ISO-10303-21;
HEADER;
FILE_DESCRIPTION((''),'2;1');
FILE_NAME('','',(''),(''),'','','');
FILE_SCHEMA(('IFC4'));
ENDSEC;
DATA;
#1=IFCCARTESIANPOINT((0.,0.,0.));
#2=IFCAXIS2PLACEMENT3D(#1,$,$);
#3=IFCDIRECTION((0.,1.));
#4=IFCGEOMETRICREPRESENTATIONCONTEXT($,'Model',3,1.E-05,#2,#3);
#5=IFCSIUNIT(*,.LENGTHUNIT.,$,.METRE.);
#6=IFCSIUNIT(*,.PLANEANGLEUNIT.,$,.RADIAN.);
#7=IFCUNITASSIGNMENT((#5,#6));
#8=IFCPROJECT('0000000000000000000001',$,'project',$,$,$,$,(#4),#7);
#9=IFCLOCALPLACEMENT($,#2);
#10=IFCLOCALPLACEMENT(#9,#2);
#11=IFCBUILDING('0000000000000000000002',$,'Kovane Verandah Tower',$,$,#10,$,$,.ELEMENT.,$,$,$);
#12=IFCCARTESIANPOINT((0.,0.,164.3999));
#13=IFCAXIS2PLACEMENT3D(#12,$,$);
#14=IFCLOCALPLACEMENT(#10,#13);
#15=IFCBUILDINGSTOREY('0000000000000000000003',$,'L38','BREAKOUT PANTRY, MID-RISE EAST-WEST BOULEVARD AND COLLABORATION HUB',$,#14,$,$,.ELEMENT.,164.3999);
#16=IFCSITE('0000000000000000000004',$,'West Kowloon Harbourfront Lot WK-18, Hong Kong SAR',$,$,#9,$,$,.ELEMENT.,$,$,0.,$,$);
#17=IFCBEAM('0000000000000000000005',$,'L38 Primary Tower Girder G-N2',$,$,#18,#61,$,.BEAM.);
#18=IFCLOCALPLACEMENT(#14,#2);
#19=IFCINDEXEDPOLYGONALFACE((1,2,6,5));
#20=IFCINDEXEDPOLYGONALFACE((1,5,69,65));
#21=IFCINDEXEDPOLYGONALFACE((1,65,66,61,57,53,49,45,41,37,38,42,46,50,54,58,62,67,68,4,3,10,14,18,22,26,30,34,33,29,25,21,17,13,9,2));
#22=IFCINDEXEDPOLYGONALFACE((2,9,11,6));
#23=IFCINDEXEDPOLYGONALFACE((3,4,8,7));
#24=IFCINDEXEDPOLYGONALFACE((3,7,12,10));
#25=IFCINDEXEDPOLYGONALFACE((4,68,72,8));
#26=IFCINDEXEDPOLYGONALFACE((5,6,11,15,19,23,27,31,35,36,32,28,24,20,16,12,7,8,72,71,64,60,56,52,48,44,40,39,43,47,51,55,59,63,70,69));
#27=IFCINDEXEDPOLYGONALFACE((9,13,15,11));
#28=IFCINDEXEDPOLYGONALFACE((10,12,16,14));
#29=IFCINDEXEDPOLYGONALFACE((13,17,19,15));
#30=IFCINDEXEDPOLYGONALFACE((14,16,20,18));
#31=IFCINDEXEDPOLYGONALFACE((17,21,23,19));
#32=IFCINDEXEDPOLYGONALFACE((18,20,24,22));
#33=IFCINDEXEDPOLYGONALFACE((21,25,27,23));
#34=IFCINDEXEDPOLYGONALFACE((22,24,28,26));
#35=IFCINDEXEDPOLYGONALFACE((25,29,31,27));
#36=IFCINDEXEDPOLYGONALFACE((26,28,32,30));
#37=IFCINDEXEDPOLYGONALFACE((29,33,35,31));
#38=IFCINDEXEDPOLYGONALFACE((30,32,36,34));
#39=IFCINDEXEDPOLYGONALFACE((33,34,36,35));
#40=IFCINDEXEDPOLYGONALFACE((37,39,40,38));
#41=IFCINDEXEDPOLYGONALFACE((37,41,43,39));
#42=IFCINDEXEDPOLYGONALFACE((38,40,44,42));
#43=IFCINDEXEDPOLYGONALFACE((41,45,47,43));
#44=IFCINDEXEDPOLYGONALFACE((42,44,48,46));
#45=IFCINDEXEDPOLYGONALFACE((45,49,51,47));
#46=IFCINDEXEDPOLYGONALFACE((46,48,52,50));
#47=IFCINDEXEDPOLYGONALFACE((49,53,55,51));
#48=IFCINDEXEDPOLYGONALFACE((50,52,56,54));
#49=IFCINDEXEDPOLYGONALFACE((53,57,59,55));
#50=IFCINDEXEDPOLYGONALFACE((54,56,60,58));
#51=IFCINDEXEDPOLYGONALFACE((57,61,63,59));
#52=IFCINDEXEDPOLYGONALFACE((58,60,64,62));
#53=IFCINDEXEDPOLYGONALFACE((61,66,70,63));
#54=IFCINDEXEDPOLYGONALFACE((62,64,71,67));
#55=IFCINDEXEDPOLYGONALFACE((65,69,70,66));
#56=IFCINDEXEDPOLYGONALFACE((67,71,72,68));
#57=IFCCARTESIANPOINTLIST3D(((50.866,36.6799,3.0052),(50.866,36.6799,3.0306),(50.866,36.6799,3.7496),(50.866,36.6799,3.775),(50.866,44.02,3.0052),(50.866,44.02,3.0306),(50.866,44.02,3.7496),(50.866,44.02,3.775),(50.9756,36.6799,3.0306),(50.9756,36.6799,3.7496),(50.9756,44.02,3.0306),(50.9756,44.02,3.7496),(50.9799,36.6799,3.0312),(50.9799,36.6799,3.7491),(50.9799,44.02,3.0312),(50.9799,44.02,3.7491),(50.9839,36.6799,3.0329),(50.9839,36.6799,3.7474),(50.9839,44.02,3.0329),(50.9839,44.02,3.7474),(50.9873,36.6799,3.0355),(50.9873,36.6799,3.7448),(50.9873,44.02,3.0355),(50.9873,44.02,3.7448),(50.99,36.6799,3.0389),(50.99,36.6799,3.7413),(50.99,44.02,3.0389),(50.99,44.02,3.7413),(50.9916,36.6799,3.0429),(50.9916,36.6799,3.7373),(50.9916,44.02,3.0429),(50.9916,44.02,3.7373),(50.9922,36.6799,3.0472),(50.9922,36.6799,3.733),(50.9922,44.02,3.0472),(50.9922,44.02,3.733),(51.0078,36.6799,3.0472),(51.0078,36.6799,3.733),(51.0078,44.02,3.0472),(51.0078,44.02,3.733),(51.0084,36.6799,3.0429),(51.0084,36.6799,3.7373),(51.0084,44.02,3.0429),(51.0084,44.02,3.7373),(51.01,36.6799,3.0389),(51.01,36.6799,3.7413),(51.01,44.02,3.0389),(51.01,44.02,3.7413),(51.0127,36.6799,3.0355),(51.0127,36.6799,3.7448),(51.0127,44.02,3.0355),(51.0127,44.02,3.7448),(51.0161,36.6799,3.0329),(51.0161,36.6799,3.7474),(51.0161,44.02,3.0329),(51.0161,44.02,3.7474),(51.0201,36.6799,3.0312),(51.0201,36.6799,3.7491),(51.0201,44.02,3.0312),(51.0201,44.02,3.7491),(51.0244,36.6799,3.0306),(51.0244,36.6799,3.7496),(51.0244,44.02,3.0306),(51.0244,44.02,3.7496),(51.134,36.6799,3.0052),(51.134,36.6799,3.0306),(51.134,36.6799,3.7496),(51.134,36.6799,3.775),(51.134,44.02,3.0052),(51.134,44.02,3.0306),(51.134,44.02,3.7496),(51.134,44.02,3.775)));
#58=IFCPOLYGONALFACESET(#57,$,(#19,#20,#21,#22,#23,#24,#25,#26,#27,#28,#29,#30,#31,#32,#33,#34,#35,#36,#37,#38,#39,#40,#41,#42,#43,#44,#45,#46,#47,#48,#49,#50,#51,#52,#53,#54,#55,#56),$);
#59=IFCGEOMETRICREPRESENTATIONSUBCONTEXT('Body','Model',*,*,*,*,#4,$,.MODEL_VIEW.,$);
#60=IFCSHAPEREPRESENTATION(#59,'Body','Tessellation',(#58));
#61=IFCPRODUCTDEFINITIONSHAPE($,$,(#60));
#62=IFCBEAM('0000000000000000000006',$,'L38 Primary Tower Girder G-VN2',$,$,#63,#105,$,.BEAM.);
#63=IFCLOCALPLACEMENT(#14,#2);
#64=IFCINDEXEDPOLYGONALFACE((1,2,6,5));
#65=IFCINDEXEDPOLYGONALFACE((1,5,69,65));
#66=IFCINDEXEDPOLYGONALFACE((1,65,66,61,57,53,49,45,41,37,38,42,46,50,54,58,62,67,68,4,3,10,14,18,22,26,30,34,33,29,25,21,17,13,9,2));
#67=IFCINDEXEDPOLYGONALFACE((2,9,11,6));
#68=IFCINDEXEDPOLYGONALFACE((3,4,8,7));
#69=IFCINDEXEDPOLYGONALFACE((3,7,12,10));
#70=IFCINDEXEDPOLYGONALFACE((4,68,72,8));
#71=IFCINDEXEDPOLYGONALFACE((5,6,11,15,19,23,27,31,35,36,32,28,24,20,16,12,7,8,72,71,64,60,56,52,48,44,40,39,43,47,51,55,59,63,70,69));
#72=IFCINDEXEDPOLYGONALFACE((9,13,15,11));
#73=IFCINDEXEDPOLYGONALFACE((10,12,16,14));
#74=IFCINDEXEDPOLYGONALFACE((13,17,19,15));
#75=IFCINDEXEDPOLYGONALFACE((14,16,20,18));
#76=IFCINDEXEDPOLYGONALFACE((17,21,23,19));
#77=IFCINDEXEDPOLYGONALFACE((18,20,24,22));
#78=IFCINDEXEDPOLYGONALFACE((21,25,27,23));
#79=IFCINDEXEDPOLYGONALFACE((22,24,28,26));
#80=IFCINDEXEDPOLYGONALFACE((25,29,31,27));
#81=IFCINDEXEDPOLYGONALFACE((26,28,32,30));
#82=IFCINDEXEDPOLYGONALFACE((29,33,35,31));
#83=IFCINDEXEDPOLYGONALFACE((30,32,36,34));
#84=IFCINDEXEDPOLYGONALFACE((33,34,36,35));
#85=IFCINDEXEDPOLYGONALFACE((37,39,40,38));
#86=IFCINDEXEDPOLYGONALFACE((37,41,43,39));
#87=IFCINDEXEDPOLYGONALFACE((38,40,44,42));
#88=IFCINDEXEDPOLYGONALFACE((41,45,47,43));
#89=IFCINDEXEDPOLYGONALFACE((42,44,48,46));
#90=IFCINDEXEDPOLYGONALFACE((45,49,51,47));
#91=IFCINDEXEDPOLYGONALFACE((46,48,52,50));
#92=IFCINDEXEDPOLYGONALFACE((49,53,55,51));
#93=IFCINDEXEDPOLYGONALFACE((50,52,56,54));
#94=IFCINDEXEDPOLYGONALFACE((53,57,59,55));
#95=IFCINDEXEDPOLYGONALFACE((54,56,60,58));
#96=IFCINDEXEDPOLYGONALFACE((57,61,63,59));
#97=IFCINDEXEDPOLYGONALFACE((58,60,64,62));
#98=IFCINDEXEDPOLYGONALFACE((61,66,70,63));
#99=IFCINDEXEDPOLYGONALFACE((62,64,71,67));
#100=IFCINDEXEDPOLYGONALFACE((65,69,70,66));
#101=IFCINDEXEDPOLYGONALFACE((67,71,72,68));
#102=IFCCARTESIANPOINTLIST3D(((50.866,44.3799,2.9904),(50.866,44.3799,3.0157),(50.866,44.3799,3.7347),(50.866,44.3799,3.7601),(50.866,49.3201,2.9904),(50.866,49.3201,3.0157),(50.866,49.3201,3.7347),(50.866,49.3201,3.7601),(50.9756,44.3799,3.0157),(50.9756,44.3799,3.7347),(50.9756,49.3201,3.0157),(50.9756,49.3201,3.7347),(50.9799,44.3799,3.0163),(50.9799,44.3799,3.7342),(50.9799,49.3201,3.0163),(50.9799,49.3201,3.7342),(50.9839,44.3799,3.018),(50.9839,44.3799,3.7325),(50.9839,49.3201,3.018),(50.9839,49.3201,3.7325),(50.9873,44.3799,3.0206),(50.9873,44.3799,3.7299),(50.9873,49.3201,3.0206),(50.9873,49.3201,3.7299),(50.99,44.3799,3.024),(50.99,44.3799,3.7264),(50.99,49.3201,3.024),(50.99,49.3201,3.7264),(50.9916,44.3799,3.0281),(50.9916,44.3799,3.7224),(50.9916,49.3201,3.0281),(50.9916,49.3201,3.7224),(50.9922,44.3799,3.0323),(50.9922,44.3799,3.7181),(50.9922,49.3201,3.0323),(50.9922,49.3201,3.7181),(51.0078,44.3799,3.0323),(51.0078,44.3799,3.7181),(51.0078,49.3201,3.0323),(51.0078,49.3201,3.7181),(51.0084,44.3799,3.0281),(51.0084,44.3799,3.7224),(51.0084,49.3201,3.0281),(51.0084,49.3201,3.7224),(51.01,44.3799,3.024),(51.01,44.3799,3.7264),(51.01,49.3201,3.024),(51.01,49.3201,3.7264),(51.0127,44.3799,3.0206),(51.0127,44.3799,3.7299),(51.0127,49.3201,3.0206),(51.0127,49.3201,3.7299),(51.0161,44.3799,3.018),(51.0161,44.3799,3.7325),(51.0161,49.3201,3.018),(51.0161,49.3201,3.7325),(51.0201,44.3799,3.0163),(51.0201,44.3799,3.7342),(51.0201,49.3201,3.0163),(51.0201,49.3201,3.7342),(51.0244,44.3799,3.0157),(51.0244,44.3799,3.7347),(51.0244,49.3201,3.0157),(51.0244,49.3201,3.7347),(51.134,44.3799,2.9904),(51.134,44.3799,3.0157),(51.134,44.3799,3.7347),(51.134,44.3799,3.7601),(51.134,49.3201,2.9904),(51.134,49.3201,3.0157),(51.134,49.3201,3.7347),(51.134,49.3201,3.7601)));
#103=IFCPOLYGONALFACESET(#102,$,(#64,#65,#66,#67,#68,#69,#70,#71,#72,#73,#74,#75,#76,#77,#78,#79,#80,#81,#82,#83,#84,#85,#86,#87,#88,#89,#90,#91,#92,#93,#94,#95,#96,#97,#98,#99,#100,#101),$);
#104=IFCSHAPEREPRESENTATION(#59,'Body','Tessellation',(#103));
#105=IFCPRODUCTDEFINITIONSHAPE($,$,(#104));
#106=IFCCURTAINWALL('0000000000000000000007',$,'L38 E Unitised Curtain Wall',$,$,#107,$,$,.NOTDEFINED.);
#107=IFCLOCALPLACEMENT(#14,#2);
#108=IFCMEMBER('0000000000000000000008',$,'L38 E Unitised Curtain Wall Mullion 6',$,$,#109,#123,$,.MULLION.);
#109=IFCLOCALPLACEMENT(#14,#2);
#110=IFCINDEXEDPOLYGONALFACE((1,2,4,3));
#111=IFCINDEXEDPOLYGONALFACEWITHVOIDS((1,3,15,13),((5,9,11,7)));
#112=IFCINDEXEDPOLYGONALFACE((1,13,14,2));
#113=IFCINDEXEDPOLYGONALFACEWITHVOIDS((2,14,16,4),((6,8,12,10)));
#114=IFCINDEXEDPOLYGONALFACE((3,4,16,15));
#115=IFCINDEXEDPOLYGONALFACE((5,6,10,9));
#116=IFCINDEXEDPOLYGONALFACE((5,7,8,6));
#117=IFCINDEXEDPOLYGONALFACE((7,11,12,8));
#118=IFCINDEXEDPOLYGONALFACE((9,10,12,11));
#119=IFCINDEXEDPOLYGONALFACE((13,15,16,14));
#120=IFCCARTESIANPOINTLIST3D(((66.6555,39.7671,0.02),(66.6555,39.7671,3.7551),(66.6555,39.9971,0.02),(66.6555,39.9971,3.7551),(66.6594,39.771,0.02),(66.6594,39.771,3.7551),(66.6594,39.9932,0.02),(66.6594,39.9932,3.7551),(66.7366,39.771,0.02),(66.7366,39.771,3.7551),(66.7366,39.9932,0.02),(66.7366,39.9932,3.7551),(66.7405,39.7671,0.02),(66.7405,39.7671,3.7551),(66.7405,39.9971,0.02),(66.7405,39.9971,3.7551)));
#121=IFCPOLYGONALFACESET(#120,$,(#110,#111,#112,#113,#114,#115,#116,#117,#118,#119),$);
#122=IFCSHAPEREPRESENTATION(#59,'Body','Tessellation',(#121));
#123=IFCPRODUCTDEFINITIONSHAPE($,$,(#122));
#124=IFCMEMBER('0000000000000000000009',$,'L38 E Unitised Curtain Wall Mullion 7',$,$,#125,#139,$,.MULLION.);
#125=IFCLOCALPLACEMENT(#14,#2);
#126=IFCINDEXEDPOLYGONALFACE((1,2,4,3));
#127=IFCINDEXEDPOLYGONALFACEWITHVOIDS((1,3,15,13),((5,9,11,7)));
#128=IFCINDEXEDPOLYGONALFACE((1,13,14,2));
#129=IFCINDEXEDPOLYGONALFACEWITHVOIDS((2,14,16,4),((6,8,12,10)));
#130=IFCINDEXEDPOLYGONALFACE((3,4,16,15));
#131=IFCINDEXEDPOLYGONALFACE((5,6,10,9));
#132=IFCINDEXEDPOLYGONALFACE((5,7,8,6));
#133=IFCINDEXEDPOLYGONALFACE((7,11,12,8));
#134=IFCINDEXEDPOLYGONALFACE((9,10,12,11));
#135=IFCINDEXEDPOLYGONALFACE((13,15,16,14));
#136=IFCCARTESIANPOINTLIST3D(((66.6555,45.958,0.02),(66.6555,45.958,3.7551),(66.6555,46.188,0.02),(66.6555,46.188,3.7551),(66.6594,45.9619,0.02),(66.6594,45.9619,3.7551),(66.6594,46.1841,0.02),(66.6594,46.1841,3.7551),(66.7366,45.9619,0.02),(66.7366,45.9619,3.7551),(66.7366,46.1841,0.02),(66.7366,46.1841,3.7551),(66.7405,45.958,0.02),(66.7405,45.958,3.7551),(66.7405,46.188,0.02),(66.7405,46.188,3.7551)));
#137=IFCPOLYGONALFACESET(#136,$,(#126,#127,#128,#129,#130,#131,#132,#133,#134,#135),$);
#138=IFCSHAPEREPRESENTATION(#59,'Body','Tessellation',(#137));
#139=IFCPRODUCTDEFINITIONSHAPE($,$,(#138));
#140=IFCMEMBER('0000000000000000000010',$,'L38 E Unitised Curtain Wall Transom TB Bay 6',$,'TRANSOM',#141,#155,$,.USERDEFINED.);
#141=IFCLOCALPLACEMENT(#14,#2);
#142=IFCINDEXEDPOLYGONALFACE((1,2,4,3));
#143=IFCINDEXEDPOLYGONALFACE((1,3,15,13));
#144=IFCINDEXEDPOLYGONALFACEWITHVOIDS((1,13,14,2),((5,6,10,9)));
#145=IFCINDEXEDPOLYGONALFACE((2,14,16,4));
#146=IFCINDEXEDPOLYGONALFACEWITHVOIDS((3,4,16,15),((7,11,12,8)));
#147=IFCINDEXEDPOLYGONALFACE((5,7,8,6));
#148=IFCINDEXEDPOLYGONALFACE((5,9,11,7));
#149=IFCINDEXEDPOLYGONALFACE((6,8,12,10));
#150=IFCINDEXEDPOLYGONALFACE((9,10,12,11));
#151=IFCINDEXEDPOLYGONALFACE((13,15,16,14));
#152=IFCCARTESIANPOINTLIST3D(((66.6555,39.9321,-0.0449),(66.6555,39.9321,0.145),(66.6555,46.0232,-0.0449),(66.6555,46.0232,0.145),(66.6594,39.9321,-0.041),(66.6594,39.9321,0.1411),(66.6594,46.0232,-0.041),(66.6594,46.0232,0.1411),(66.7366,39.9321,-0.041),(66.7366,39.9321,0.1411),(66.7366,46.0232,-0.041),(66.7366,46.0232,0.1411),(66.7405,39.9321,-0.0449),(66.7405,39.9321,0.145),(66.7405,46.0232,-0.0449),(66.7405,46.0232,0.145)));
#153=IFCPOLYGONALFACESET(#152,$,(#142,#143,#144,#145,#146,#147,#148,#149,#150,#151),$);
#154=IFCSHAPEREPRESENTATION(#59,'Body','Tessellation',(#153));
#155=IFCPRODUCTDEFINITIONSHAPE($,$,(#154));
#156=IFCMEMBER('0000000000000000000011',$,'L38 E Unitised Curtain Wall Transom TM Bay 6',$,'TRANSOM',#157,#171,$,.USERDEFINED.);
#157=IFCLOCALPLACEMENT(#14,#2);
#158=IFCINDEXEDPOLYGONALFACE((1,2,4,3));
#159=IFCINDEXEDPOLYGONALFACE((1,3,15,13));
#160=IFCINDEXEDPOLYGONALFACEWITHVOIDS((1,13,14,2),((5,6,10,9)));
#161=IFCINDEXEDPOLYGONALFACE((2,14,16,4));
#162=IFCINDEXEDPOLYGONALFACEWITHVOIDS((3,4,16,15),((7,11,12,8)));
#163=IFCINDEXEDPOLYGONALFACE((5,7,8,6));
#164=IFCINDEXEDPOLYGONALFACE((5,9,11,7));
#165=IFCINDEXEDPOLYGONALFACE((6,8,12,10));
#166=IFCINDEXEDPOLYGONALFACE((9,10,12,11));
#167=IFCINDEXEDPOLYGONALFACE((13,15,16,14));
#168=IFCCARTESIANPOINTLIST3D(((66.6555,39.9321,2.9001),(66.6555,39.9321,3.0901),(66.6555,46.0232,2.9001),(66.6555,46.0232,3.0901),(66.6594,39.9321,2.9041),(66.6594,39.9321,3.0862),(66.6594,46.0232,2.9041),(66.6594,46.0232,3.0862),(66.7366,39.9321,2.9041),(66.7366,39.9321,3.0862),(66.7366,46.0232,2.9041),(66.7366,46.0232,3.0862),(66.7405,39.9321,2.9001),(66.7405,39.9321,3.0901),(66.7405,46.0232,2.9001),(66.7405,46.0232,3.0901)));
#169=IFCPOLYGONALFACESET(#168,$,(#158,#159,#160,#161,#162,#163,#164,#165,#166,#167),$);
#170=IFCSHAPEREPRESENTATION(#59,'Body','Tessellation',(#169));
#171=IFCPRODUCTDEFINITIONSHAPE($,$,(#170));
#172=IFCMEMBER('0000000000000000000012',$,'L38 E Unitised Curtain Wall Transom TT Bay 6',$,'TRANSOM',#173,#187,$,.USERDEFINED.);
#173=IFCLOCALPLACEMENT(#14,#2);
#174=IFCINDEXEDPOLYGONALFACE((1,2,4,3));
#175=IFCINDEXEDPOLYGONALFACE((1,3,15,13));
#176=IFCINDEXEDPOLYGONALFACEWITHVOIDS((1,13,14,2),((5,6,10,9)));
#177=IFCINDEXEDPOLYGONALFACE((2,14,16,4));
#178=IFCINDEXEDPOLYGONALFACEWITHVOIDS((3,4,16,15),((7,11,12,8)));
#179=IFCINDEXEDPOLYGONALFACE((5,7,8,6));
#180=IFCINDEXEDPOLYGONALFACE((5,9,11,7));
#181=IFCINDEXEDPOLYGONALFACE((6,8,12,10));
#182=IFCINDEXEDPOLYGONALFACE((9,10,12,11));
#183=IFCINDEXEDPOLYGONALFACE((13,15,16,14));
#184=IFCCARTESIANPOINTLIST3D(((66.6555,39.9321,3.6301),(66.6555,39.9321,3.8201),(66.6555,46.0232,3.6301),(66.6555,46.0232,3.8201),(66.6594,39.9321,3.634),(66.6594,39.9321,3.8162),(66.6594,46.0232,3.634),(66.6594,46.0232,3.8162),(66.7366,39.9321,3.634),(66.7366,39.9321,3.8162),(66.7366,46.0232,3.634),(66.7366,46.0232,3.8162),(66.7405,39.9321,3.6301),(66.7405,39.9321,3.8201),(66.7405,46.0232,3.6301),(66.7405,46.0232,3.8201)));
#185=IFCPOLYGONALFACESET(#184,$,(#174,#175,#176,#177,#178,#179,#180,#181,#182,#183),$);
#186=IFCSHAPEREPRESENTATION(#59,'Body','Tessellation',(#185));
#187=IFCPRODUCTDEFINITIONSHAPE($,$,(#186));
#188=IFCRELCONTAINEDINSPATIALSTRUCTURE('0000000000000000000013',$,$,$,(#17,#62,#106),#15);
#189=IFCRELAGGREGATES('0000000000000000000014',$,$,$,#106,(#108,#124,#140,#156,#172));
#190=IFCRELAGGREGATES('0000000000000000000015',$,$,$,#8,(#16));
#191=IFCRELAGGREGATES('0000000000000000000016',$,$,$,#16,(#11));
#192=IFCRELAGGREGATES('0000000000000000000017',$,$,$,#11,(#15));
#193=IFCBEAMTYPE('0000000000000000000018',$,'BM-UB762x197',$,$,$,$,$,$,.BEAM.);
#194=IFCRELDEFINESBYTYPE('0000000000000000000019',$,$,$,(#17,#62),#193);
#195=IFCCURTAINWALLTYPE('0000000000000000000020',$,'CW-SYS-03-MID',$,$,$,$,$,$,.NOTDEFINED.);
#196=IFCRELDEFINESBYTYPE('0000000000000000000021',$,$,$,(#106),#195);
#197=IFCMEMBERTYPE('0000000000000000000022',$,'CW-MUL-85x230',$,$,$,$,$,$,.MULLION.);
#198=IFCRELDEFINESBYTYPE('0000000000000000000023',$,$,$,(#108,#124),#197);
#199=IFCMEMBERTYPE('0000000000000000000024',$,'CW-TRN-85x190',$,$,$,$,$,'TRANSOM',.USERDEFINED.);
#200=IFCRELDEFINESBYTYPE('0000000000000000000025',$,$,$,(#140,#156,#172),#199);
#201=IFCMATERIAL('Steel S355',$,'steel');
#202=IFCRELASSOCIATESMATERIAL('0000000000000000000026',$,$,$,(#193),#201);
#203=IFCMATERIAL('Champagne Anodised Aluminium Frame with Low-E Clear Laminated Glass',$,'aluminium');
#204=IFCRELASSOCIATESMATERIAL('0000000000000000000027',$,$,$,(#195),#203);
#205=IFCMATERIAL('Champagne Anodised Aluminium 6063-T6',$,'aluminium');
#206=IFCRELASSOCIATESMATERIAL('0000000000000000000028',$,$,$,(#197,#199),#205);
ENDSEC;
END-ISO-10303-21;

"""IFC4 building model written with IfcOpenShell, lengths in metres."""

from ifc_helpers import new_model, si_unit, direction, frame, origin, origin_2d, place, context, subcontext, project, spatial, hollow_rectangle, i_section, extrude, material, material_profile, profile_set, type_object, element, aggregate, save


model = new_model("IFC4")

# Units and contexts
model_context = context("Model", 3, precision=1e-05, world=origin(), true_north=direction((0.0, 1.0)))
body_context = subcontext(model_context, "Body", "Model", "MODEL_VIEW")
ifc_project = project(units=[si_unit("LENGTHUNIT", "METRE"), si_unit("PLANEANGLEUNIT", "RADIAN")], contexts=[model_context])

# Site, building, storey
site_placement = place(None, origin())
site = spatial("IfcSite", under=ifc_project, at=site_placement, Name="West Kowloon Harbourfront Lot WK-18, Hong Kong SAR", CompositionType="ELEMENT", RefElevation=0.0)
building_placement = place(site_placement, origin())
building = spatial("IfcBuilding", under=site, at=building_placement, Name="Kovane Verandah Tower", CompositionType="ELEMENT")
storey_placement = place(building_placement, frame((0.0, 0.0, 164.3999)))
storey = spatial("IfcBuildingStorey", under=building, at=storey_placement, Name="L38", Description="BREAKOUT PANTRY, MID-RISE EAST-WEST BOULEVARD AND COLLABORATION HUB", CompositionType="ELEMENT", Elevation=164.3999)

# Beams
ifc_material_1 = material(Name="Steel S355", Category="steel")
ifc_material_profile_1 = material_profile(ifc_material_1, i_section(OverallWidth=0.2681, OverallDepth=0.7698, WebThickness=0.0156, FlangeThickness=0.0254, FilletRadius=0.0166, at=origin_2d()), Name="UB762x267x197")
ifc_profile_set_1 = profile_set([ifc_material_profile_1], Name="Steel S355")
beam_type_1 = type_object("IfcBeamType", Name="BM-UB762x197", PredefinedType="BEAM", material=ifc_profile_set_1)
for number, where, z_axis, x_axis, name in (
    (1, (51.0, 36.6799, 3.3901), (0.0, 1.0, 0.0), (-1.0, 0.0, 0.0), "L38 Primary Tower Girder G-N2"),
):
    element("IfcBeam", number, at=place(storey_placement, frame(where, z_axis=z_axis, x_axis=x_axis)), inside=storey, type_object=beam_type_1, Name=name, PredefinedType="BEAM", context=body_context, shape_type="SweptSolid", body=[
        extrude(i_section(OverallWidth=0.2681, OverallDepth=0.7698, WebThickness=0.0156, FlangeThickness=0.0254, FilletRadius=0.0166, at=origin_2d()), origin(), (0.0, 0.0, 1.0), 7.3401),
    ])
beam_1_placement = place(storey_placement, frame((51.0, 44.3799, 3.3752), z_axis=(0.0, 1.0, 0.0), x_axis=(-1.0, 0.0, 0.0)))
element("IfcBeam", 2, at=beam_1_placement, inside=storey, type_object=beam_type_1, Name="L38 Primary Tower Girder G-VN2", PredefinedType="BEAM", context=body_context, shape_type="SweptSolid", body=[
    extrude(i_section(OverallWidth=0.2681, OverallDepth=0.7698, WebThickness=0.0156, FlangeThickness=0.0254, FilletRadius=0.0166, at=origin_2d()), origin(), (0.0, 0.0, 1.0), 4.9402),
])

# Curtain wall, members
ifc_material_2 = material(Name="Champagne Anodised Aluminium Frame with Low-E Clear Laminated Glass", Category="aluminium")
curtain_wall_type = type_object("IfcCurtainWallType", Name="CW-SYS-03-MID", PredefinedType="NOTDEFINED", material=ifc_material_2)
curtain_wall_placement = place(storey_placement, origin())
curtain_wall = element("IfcCurtainWall", 3, at=curtain_wall_placement, inside=storey, type_object=curtain_wall_type, Name="L38 E Unitised Curtain Wall", PredefinedType="NOTDEFINED")
ifc_material_3 = material(Name="Champagne Anodised Aluminium 6063-T6", Category="aluminium")
ifc_material_profile_2 = material_profile(ifc_material_3, hollow_rectangle(XDim=0.085, YDim=0.23, WallThickness=0.0039, at=origin_2d()), Name="AL85x230x4")
ifc_profile_set_2 = profile_set([ifc_material_profile_2], Name="Champagne Anodised Aluminium 6063-T6")
member_type_1 = type_object("IfcMemberType", Name="CW-MUL-85x230", PredefinedType="MULLION", material=ifc_profile_set_2)
member_1_placement = place(storey_placement, frame((66.698, 39.8821, 0.02), z_axis=(0.0, 0.0, 1.0), x_axis=(1.0, 0.0, 0.0)))
member_1 = element("IfcMember", 4, at=member_1_placement, type_object=member_type_1, Name="L38 E Unitised Curtain Wall Mullion 6", PredefinedType="MULLION", context=body_context, shape_type="SweptSolid", body=[
    extrude(hollow_rectangle(XDim=0.085, YDim=0.23, WallThickness=0.0039, at=origin_2d()), origin(), (0.0, 0.0, 1.0), 3.7351),
])
member_2_placement = place(storey_placement, frame((66.698, 46.073, 0.02), z_axis=(0.0, 0.0, 1.0), x_axis=(1.0, 0.0, 0.0)))
member_2 = element("IfcMember", 5, at=member_2_placement, type_object=member_type_1, Name="L38 E Unitised Curtain Wall Mullion 7", PredefinedType="MULLION", context=body_context, shape_type="SweptSolid", body=[
    extrude(hollow_rectangle(XDim=0.085, YDim=0.23, WallThickness=0.0039, at=origin_2d()), origin(), (0.0, 0.0, 1.0), 3.7351),
])
ifc_material_profile_3 = material_profile(ifc_material_3, hollow_rectangle(XDim=0.085, YDim=0.1899, WallThickness=0.0039, at=origin_2d()), Name="AL85x190x4")
ifc_profile_set_3 = profile_set([ifc_material_profile_3], Name="Champagne Anodised Aluminium 6063-T6")
member_type_2 = type_object("IfcMemberType", Name="CW-TRN-85x190", ElementType="TRANSOM", PredefinedType="USERDEFINED", material=ifc_profile_set_3)
member_3_placement = place(storey_placement, frame((66.698, 39.9321, 0.05), z_axis=(0.0, 1.0, 0.0), x_axis=(-1.0, 0.0, 0.0)))
member_3 = element("IfcMember", 6, at=member_3_placement, type_object=member_type_2, Name="L38 E Unitised Curtain Wall Transom TB Bay 6", ObjectType="TRANSOM", PredefinedType="USERDEFINED", context=body_context, shape_type="SweptSolid", body=[
    extrude(hollow_rectangle(XDim=0.085, YDim=0.1899, WallThickness=0.0039, at=origin_2d()), origin(), (0.0, 0.0, 1.0), 6.0911),
])
member_4_placement = place(storey_placement, frame((66.698, 39.9321, 2.9951), z_axis=(0.0, 1.0, 0.0), x_axis=(-1.0, 0.0, 0.0)))
member_4 = element("IfcMember", 7, at=member_4_placement, type_object=member_type_2, Name="L38 E Unitised Curtain Wall Transom TM Bay 6", ObjectType="TRANSOM", PredefinedType="USERDEFINED", context=body_context, shape_type="SweptSolid", body=[
    extrude(hollow_rectangle(XDim=0.085, YDim=0.1899, WallThickness=0.0039, at=origin_2d()), origin(), (0.0, 0.0, 1.0), 6.0911),
])
member_5_placement = place(storey_placement, frame((66.698, 39.9321, 3.7251), z_axis=(0.0, 1.0, 0.0), x_axis=(-1.0, 0.0, 0.0)))
member_5 = element("IfcMember", 8, at=member_5_placement, type_object=member_type_2, Name="L38 E Unitised Curtain Wall Transom TT Bay 6", ObjectType="TRANSOM", PredefinedType="USERDEFINED", context=body_context, shape_type="SweptSolid", body=[
    extrude(hollow_rectangle(XDim=0.085, YDim=0.1899, WallThickness=0.0039, at=origin_2d()), origin(), (0.0, 0.0, 1.0), 6.0911),
])

aggregate(curtain_wall, [member_1, member_2, member_3, member_4, member_5])

save(model, "model.ifc")
